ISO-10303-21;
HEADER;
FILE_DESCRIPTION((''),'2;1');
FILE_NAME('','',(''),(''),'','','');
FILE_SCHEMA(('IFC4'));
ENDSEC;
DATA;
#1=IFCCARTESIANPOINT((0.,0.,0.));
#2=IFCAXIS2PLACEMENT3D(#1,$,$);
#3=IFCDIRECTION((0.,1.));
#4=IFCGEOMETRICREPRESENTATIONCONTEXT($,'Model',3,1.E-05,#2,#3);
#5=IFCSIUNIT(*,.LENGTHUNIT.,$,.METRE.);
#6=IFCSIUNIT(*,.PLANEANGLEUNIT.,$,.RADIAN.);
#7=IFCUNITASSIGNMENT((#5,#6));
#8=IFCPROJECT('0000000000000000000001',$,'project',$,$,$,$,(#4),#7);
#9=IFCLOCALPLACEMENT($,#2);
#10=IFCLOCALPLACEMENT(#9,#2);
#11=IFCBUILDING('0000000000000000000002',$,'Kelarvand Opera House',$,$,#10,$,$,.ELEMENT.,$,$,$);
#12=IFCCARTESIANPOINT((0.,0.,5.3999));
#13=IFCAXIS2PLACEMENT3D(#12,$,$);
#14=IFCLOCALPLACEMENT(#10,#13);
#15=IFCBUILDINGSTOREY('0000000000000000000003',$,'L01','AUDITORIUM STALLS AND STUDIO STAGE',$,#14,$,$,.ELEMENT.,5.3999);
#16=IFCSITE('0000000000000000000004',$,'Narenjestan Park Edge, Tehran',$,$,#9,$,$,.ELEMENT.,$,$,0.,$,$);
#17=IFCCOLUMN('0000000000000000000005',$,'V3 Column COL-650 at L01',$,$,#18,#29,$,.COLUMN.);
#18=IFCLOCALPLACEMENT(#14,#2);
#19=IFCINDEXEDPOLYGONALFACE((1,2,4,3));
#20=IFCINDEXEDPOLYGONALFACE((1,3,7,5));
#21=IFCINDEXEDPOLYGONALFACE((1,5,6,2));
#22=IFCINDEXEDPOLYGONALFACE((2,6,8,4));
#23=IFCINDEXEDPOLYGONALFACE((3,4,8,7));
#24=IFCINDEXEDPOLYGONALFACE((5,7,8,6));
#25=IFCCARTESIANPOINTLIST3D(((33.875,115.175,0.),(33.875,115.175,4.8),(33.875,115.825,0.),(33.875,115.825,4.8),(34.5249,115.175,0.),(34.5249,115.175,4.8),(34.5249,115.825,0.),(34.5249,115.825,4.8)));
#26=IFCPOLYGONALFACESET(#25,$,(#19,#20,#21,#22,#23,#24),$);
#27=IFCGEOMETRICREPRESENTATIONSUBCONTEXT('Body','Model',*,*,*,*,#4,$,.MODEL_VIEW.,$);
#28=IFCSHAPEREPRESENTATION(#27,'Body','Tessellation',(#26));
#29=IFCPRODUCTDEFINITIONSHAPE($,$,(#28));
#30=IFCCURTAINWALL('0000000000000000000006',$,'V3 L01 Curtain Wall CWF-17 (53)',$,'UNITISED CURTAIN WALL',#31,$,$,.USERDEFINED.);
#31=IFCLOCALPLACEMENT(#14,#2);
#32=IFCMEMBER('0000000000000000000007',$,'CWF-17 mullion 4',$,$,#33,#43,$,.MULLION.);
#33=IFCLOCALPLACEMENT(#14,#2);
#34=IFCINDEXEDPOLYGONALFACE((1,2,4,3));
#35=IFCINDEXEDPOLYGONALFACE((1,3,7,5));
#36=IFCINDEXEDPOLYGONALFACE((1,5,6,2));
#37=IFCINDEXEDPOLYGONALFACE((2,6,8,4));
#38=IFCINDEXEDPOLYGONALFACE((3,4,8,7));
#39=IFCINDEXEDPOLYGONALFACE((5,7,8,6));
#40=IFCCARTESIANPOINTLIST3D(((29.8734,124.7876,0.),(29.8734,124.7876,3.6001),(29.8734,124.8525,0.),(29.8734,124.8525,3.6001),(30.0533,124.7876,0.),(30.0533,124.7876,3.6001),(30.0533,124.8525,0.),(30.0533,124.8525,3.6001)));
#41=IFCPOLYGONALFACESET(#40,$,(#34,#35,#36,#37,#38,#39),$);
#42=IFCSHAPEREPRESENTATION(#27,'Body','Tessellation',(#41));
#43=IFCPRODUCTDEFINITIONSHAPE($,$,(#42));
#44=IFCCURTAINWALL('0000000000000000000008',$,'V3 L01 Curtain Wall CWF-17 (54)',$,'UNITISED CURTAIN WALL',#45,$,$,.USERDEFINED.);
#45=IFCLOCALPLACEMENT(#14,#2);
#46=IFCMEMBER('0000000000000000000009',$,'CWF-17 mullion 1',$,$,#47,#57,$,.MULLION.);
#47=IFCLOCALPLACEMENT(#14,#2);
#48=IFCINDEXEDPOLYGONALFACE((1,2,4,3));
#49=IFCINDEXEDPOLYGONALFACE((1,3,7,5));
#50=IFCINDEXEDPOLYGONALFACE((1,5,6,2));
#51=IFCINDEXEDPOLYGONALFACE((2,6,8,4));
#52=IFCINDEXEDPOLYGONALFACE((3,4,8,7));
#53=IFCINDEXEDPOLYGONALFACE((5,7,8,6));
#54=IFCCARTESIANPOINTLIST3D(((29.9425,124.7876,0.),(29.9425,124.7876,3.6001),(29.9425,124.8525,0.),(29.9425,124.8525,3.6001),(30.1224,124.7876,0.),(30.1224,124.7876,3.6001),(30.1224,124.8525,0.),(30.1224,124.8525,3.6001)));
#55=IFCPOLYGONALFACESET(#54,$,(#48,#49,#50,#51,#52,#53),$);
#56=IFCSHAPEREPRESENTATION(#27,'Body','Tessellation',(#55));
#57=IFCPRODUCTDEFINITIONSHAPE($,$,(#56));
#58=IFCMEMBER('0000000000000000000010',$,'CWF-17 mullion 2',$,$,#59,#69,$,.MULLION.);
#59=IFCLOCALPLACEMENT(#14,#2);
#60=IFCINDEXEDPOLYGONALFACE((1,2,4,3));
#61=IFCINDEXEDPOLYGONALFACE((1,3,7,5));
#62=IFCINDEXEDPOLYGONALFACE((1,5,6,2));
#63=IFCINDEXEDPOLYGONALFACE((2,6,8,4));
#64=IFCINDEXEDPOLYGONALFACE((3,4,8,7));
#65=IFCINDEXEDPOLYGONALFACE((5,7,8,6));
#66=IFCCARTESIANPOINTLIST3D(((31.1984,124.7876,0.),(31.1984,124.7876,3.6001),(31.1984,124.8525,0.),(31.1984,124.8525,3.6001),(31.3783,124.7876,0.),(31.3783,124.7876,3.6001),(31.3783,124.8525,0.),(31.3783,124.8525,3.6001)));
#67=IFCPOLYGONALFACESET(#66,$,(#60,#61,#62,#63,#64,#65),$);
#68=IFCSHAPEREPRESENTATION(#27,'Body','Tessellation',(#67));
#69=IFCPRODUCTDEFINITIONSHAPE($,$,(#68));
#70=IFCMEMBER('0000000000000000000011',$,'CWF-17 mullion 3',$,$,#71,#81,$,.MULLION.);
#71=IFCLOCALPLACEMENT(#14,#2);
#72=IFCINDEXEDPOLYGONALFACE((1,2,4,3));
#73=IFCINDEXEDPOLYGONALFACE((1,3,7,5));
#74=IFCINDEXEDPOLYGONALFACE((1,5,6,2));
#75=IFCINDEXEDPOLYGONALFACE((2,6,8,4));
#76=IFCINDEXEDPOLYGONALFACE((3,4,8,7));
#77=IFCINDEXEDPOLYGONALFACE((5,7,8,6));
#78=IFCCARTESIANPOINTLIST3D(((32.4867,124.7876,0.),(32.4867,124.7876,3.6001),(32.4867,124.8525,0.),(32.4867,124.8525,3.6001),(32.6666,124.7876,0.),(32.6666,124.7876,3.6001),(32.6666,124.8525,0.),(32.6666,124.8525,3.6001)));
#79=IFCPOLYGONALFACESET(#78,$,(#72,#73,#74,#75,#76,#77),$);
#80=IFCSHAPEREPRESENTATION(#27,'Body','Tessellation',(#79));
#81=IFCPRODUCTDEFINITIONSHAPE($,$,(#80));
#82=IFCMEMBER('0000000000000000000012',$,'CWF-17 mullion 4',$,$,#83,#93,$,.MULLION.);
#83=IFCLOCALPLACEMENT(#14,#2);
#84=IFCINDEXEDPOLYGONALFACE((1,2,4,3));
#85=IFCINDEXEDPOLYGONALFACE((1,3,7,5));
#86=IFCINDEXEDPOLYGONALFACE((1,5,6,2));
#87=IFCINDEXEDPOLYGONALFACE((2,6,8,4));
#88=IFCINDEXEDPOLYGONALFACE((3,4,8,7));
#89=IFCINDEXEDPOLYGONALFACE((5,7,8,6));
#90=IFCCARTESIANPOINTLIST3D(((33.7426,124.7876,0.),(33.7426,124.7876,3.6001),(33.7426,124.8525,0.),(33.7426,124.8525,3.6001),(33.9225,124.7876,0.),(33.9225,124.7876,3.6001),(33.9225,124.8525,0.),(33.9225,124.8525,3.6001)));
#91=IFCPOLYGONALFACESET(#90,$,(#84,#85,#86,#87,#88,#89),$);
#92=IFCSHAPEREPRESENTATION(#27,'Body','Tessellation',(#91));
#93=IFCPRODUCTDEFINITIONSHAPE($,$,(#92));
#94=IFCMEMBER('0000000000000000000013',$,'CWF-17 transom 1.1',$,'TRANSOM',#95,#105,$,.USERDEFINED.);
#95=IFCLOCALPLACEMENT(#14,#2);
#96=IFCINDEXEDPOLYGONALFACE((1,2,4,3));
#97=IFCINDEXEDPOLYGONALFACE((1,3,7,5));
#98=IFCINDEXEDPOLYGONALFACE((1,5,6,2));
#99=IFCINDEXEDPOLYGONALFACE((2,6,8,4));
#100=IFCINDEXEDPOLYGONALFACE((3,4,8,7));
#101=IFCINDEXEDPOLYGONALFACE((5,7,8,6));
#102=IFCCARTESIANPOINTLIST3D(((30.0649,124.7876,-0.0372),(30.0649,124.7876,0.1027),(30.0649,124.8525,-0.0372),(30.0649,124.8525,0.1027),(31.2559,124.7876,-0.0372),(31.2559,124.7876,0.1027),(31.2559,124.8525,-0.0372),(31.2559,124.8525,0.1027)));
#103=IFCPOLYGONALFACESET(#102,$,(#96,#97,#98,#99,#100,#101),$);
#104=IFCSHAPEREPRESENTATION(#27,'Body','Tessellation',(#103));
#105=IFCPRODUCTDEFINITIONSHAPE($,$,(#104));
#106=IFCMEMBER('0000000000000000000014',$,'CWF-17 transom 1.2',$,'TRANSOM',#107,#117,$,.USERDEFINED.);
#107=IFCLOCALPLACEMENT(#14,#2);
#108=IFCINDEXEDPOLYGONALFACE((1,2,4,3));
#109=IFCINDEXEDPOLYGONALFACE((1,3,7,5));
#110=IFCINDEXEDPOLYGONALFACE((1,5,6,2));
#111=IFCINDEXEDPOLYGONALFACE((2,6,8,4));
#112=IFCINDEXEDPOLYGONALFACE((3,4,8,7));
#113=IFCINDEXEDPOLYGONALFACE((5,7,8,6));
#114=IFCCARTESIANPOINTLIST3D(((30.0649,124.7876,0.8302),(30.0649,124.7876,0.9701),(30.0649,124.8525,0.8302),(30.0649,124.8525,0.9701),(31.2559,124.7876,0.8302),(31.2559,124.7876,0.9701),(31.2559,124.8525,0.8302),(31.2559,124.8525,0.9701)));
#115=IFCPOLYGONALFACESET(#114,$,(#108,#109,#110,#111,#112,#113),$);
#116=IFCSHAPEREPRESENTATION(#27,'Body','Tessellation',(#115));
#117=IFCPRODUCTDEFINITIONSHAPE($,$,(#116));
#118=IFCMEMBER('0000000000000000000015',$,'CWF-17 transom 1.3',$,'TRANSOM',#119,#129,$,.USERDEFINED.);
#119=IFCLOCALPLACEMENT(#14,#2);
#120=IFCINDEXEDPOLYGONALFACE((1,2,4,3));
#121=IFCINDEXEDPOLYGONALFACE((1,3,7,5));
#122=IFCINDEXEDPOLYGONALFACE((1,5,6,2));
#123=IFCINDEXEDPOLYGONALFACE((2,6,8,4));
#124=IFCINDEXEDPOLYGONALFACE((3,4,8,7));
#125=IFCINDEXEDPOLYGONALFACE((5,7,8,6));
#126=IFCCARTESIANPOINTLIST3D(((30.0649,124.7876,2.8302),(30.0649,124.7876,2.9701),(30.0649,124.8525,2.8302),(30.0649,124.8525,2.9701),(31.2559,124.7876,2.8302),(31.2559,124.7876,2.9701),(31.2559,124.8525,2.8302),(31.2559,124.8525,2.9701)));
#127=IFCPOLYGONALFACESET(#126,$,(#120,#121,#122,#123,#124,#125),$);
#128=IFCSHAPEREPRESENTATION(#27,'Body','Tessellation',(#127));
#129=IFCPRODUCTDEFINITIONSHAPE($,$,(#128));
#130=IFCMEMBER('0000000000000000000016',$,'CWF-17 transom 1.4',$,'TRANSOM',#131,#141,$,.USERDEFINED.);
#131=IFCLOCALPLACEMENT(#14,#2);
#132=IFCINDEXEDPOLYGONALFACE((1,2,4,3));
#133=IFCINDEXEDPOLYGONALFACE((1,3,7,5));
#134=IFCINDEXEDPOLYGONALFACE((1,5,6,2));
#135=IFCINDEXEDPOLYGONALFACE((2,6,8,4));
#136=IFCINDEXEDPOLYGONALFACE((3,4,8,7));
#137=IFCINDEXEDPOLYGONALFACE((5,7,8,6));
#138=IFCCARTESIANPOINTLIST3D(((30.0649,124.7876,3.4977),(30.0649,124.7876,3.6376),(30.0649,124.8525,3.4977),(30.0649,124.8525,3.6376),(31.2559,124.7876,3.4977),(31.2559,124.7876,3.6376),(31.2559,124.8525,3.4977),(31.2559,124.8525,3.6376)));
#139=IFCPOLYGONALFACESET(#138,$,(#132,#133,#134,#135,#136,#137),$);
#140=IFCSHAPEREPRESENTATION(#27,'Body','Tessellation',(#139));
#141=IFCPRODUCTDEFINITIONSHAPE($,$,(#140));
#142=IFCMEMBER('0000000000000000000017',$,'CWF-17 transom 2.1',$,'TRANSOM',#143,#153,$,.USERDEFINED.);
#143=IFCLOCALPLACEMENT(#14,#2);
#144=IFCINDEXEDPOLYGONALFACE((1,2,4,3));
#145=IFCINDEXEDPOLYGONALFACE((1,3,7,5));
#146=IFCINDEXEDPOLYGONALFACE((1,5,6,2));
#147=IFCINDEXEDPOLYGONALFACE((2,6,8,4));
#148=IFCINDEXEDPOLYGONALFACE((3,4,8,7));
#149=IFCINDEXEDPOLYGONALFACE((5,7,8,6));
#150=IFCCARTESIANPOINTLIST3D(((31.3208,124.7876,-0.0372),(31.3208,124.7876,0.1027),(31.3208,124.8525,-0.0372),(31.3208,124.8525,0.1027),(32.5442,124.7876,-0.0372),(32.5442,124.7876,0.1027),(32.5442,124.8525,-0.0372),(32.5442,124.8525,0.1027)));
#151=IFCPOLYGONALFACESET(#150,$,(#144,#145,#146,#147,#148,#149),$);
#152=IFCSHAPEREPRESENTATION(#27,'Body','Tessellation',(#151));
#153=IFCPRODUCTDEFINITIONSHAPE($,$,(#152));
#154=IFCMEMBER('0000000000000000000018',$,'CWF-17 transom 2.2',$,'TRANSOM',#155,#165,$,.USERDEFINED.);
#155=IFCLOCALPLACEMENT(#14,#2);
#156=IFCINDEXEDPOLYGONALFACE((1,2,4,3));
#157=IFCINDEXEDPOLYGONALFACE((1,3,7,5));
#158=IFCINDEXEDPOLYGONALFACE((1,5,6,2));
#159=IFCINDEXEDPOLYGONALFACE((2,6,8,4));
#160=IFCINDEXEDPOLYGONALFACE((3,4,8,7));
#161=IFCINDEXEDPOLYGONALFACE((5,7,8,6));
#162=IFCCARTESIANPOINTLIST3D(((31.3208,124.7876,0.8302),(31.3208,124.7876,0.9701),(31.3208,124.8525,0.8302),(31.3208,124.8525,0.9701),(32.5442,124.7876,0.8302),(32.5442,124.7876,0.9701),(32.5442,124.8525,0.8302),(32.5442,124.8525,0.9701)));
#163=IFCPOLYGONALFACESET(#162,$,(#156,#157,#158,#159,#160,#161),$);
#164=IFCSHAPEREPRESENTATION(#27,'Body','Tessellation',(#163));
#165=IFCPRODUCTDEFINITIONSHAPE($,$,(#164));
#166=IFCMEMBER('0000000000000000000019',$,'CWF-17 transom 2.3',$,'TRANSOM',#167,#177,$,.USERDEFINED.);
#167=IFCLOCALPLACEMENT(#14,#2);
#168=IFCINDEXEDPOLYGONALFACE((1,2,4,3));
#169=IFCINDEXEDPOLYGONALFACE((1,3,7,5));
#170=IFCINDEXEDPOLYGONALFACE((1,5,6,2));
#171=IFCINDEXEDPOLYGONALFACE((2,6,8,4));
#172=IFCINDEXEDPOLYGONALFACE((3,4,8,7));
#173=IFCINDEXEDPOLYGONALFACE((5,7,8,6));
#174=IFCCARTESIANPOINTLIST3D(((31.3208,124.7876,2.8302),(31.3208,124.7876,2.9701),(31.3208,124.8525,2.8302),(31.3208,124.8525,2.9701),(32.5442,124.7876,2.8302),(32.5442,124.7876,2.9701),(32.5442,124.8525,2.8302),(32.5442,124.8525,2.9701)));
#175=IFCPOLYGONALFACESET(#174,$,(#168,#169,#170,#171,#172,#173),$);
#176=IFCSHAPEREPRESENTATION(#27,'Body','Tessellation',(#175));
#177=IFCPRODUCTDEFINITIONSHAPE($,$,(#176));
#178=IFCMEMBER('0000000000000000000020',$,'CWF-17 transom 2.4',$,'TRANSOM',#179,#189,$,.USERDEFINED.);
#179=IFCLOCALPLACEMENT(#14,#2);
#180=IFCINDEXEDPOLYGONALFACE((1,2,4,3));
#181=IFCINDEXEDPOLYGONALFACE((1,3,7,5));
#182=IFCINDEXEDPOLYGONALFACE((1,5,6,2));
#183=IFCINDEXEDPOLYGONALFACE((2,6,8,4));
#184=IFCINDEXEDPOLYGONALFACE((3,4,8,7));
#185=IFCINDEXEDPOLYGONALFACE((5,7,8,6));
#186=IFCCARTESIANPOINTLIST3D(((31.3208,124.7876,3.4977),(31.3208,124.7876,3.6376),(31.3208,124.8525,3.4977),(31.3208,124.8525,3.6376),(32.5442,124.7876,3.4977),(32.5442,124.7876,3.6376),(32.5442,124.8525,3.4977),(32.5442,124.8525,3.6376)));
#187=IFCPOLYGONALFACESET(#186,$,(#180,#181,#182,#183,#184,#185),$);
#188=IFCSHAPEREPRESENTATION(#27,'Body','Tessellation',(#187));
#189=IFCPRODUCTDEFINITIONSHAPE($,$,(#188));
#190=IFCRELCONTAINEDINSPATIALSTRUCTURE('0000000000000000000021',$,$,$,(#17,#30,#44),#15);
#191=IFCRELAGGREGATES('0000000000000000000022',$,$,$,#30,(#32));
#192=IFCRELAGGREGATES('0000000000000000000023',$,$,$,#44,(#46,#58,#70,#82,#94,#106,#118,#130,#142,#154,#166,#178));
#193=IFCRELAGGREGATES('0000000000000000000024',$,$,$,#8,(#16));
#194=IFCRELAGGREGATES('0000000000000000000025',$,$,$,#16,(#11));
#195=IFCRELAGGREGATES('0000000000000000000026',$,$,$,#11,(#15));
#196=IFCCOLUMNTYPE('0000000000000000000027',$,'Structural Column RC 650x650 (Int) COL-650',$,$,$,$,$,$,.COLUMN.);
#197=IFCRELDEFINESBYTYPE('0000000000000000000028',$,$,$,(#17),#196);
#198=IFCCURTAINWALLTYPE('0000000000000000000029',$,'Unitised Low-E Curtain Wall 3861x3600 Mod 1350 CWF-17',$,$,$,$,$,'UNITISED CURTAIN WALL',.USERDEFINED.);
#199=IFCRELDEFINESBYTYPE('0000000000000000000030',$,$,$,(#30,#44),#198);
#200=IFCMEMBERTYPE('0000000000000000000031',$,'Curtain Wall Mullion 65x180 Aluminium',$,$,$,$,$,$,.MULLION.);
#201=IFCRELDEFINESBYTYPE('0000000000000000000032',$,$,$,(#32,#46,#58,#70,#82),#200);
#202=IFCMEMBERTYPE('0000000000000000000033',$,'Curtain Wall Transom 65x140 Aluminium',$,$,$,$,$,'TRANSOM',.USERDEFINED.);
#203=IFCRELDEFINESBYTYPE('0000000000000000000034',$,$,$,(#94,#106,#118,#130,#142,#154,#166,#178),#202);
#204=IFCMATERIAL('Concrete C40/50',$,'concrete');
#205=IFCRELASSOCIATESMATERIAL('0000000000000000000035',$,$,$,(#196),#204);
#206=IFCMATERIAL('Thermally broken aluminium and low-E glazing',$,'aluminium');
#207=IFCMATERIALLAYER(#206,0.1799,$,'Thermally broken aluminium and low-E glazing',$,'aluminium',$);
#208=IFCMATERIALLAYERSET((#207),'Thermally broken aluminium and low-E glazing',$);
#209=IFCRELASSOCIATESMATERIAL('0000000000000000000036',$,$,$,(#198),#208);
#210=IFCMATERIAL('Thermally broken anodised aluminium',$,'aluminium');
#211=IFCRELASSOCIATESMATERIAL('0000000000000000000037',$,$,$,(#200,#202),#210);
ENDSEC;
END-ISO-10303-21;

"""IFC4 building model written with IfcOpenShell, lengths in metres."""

from ifc_helpers import new_model, si_unit, direction, frame, origin, origin_2d, place, context, subcontext, project, spatial, rectangle, extrude, material, layer, layer_set, material_profile, profile_set, type_object, element, aggregate, save


model = new_model("IFC4")

# Units and contexts
model_context = context("Model", 3, precision=1e-05, world=origin(), true_north=direction((0.0, 1.0)))
body_context = subcontext(model_context, "Body", "Model", "MODEL_VIEW")
ifc_project = project(units=[si_unit("LENGTHUNIT", "METRE"), si_unit("PLANEANGLEUNIT", "RADIAN")], contexts=[model_context])

# Site, building, storey
site_placement = place(None, origin())
site = spatial("IfcSite", under=ifc_project, at=site_placement, Name="Narenjestan Park Edge, Tehran", CompositionType="ELEMENT", RefElevation=0.0)
building_placement = place(site_placement, origin())
building = spatial("IfcBuilding", under=site, at=building_placement, Name="Kelarvand Opera House", CompositionType="ELEMENT")
storey_placement = place(building_placement, frame((0.0, 0.0, 5.3999)))
storey = spatial("IfcBuildingStorey", under=building, at=storey_placement, Name="L01", Description="AUDITORIUM STALLS AND STUDIO STAGE", CompositionType="ELEMENT", Elevation=5.3999)

# Column
ifc_material_1 = material(Name="Concrete C40/50", Category="concrete")
ifc_material_profile_1 = material_profile(ifc_material_1, rectangle(XDim=0.6499, YDim=0.6499, at=origin_2d()), Name="RC 650x650", Category="concrete")
ifc_profile_set_1 = profile_set([ifc_material_profile_1], Name="Concrete C40/50")
column_type = type_object("IfcColumnType", Name="Structural Column RC 650x650 (Int) COL-650", PredefinedType="COLUMN", material=ifc_profile_set_1)
column_placement = place(storey_placement, frame((34.2, 115.5, 0.0), z_axis=(0.0, 0.0, 1.0), x_axis=(1.0, 0.0, 0.0)))
element("IfcColumn", 1, at=column_placement, inside=storey, type_object=column_type, Name="V3 Column COL-650 at L01", PredefinedType="COLUMN", context=body_context, shape_type="SweptSolid", body=[
    extrude(rectangle(XDim=0.6499, YDim=0.6499, at=origin_2d()), origin(), (0.0, 0.0, 1.0), 4.8),
])

# Curtain wall, member
ifc_material_2 = material(Name="Thermally broken aluminium and low-E glazing", Category="aluminium")
ifc_layer_1 = layer(ifc_material_2, 0.1799, Name="Thermally broken aluminium and low-E glazing", Category="aluminium")
ifc_layer_set_1 = layer_set([ifc_layer_1], Name="Thermally broken aluminium and low-E glazing")
curtain_wall_type = type_object("IfcCurtainWallType", Name="Unitised Low-E Curtain Wall 3861x3600 Mod 1350 CWF-17", ElementType="UNITISED CURTAIN WALL", PredefinedType="USERDEFINED", material=ifc_layer_set_1)
curtain_wall_1_placement = place(storey_placement, origin())
curtain_wall_1 = element("IfcCurtainWall", 2, at=curtain_wall_1_placement, inside=storey, type_object=curtain_wall_type, Name="V3 L01 Curtain Wall CWF-17 (53)", ObjectType="UNITISED CURTAIN WALL", PredefinedType="USERDEFINED")
ifc_material_3 = material(Name="Thermally broken anodised aluminium", Category="aluminium")
ifc_material_profile_2 = material_profile(ifc_material_3, rectangle(XDim=0.0649, YDim=0.1799, at=origin_2d()), Name="ALU MULLION 65x180", Category="aluminium")
ifc_profile_set_2 = profile_set([ifc_material_profile_2], Name="Thermally broken anodised aluminium")
member_type_1 = type_object("IfcMemberType", Name="Curtain Wall Mullion 65x180 Aluminium", PredefinedType="MULLION", material=ifc_profile_set_2)
member_1_placement = place(storey_placement, frame((29.9634, 124.8201, 0.0), z_axis=(0.0, 0.0, 1.0), x_axis=(0.0, 1.0, 0.0)))
member_1 = element("IfcMember", 3, at=member_1_placement, type_object=member_type_1, Name="CWF-17 mullion 4", PredefinedType="MULLION", context=body_context, shape_type="SweptSolid", body=[
    extrude(rectangle(XDim=0.0649, YDim=0.1799, at=origin_2d()), origin(), (0.0, 0.0, 1.0), 3.6001),
])
aggregate(curtain_wall_1, [member_1])

# Curtain wall, members
curtain_wall_2_placement = place(storey_placement, origin())
curtain_wall_2 = element("IfcCurtainWall", 4, at=curtain_wall_2_placement, inside=storey, type_object=curtain_wall_type, Name="V3 L01 Curtain Wall CWF-17 (54)", ObjectType="UNITISED CURTAIN WALL", PredefinedType="USERDEFINED")
member_2_placement = place(storey_placement, frame((30.0325, 124.8201, 0.0), z_axis=(0.0, 0.0, 1.0), x_axis=(0.0, 1.0, 0.0)))
member_2 = element("IfcMember", 5, at=member_2_placement, type_object=member_type_1, Name="CWF-17 mullion 1", PredefinedType="MULLION", context=body_context, shape_type="SweptSolid", body=[
    extrude(rectangle(XDim=0.0649, YDim=0.1799, at=origin_2d()), origin(), (0.0, 0.0, 1.0), 3.6001),
])
member_3_placement = place(storey_placement, frame((31.2883, 124.8201, 0.0), z_axis=(0.0, 0.0, 1.0), x_axis=(0.0, 1.0, 0.0)))
member_3 = element("IfcMember", 6, at=member_3_placement, type_object=member_type_1, Name="CWF-17 mullion 2", PredefinedType="MULLION", context=body_context, shape_type="SweptSolid", body=[
    extrude(rectangle(XDim=0.0649, YDim=0.1799, at=origin_2d()), origin(), (0.0, 0.0, 1.0), 3.6001),
])
member_4_placement = place(storey_placement, frame((32.5767, 124.8201, 0.0), z_axis=(0.0, 0.0, 1.0), x_axis=(0.0, 1.0, 0.0)))
member_4 = element("IfcMember", 7, at=member_4_placement, type_object=member_type_1, Name="CWF-17 mullion 3", PredefinedType="MULLION", context=body_context, shape_type="SweptSolid", body=[
    extrude(rectangle(XDim=0.0649, YDim=0.1799, at=origin_2d()), origin(), (0.0, 0.0, 1.0), 3.6001),
])
member_5_placement = place(storey_placement, frame((33.8325, 124.8201, 0.0), z_axis=(0.0, 0.0, 1.0), x_axis=(0.0, 1.0, 0.0)))
member_5 = element("IfcMember", 8, at=member_5_placement, type_object=member_type_1, Name="CWF-17 mullion 4", PredefinedType="MULLION", context=body_context, shape_type="SweptSolid", body=[
    extrude(rectangle(XDim=0.0649, YDim=0.1799, at=origin_2d()), origin(), (0.0, 0.0, 1.0), 3.6001),
])
ifc_material_profile_3 = material_profile(ifc_material_3, rectangle(XDim=0.0649, YDim=0.1399, at=origin_2d()), Name="ALU TRANSOM 65x140", Category="aluminium")
ifc_profile_set_3 = profile_set([ifc_material_profile_3], Name="Thermally broken anodised aluminium")
member_type_2 = type_object("IfcMemberType", Name="Curtain Wall Transom 65x140 Aluminium", ElementType="TRANSOM", PredefinedType="USERDEFINED", material=ifc_profile_set_3)
member_6_placement = place(storey_placement, frame((30.0649, 124.8201, 0.0327), z_axis=(1.0, 0.0, 0.0), x_axis=(0.0, 1.0, 0.0)))
member_6 = element("IfcMember", 9, at=member_6_placement, type_object=member_type_2, Name="CWF-17 transom 1.1", ObjectType="TRANSOM", PredefinedType="USERDEFINED", context=body_context, shape_type="SweptSolid", body=[
    extrude(rectangle(XDim=0.0649, YDim=0.1399, at=origin_2d()), origin(), (0.0, 0.0, 1.0), 1.1909),
])
member_7_placement = place(storey_placement, frame((30.0649, 124.8201, 0.9001), z_axis=(1.0, 0.0, 0.0), x_axis=(0.0, 1.0, 0.0)))
member_7 = element("IfcMember", 10, at=member_7_placement, type_object=member_type_2, Name="CWF-17 transom 1.2", ObjectType="TRANSOM", PredefinedType="USERDEFINED", context=body_context, shape_type="SweptSolid", body=[
    extrude(rectangle(XDim=0.0649, YDim=0.1399, at=origin_2d()), origin(), (0.0, 0.0, 1.0), 1.1909),
])
member_8_placement = place(storey_placement, frame((30.0649, 124.8201, 2.9001), z_axis=(1.0, 0.0, 0.0), x_axis=(0.0, 1.0, 0.0)))
member_8 = element("IfcMember", 11, at=member_8_placement, type_object=member_type_2, Name="CWF-17 transom 1.3", ObjectType="TRANSOM", PredefinedType="USERDEFINED", context=body_context, shape_type="SweptSolid", body=[
    extrude(rectangle(XDim=0.0649, YDim=0.1399, at=origin_2d()), origin(), (0.0, 0.0, 1.0), 1.1909),
])
member_9_placement = place(storey_placement, frame((30.0649, 124.8201, 3.5676), z_axis=(1.0, 0.0, 0.0), x_axis=(0.0, 1.0, 0.0)))
member_9 = element("IfcMember", 12, at=member_9_placement, type_object=member_type_2, Name="CWF-17 transom 1.4", ObjectType="TRANSOM", PredefinedType="USERDEFINED", context=body_context, shape_type="SweptSolid", body=[
    extrude(rectangle(XDim=0.0649, YDim=0.1399, at=origin_2d()), origin(), (0.0, 0.0, 1.0), 1.1909),
])
member_10_placement = place(storey_placement, frame((31.3208, 124.8201, 0.0327), z_axis=(1.0, 0.0, 0.0), x_axis=(0.0, 1.0, 0.0)))
member_10 = element("IfcMember", 13, at=member_10_placement, type_object=member_type_2, Name="CWF-17 transom 2.1", ObjectType="TRANSOM", PredefinedType="USERDEFINED", context=body_context, shape_type="SweptSolid", body=[
    extrude(rectangle(XDim=0.0649, YDim=0.1399, at=origin_2d()), origin(), (0.0, 0.0, 1.0), 1.2234),
])
member_11_placement = place(storey_placement, frame((31.3208, 124.8201, 0.9001), z_axis=(1.0, 0.0, 0.0), x_axis=(0.0, 1.0, 0.0)))
member_11 = element("IfcMember", 14, at=member_11_placement, type_object=member_type_2, Name="CWF-17 transom 2.2", ObjectType="TRANSOM", PredefinedType="USERDEFINED", context=body_context, shape_type="SweptSolid", body=[
    extrude(rectangle(XDim=0.0649, YDim=0.1399, at=origin_2d()), origin(), (0.0, 0.0, 1.0), 1.2234),
])
member_12_placement = place(storey_placement, frame((31.3208, 124.8201, 2.9001), z_axis=(1.0, 0.0, 0.0), x_axis=(0.0, 1.0, 0.0)))
member_12 = element("IfcMember", 15, at=member_12_placement, type_object=member_type_2, Name="CWF-17 transom 2.3", ObjectType="TRANSOM", PredefinedType="USERDEFINED", context=body_context, shape_type="SweptSolid", body=[
    extrude(rectangle(XDim=0.0649, YDim=0.1399, at=origin_2d()), origin(), (0.0, 0.0, 1.0), 1.2234),
])
member_13_placement = place(storey_placement, frame((31.3208, 124.8201, 3.5676), z_axis=(1.0, 0.0, 0.0), x_axis=(0.0, 1.0, 0.0)))
member_13 = element("IfcMember", 16, at=member_13_placement, type_object=member_type_2, Name="CWF-17 transom 2.4", ObjectType="TRANSOM", PredefinedType="USERDEFINED", context=body_context, shape_type="SweptSolid", body=[
    extrude(rectangle(XDim=0.0649, YDim=0.1399, at=origin_2d()), origin(), (0.0, 0.0, 1.0), 1.2234),
])
aggregate(curtain_wall_2, [member_2, member_3, member_4, member_5, member_6, member_7, member_8, member_9, member_10, member_11, member_12, member_13])

save(model, "model.ifc")
